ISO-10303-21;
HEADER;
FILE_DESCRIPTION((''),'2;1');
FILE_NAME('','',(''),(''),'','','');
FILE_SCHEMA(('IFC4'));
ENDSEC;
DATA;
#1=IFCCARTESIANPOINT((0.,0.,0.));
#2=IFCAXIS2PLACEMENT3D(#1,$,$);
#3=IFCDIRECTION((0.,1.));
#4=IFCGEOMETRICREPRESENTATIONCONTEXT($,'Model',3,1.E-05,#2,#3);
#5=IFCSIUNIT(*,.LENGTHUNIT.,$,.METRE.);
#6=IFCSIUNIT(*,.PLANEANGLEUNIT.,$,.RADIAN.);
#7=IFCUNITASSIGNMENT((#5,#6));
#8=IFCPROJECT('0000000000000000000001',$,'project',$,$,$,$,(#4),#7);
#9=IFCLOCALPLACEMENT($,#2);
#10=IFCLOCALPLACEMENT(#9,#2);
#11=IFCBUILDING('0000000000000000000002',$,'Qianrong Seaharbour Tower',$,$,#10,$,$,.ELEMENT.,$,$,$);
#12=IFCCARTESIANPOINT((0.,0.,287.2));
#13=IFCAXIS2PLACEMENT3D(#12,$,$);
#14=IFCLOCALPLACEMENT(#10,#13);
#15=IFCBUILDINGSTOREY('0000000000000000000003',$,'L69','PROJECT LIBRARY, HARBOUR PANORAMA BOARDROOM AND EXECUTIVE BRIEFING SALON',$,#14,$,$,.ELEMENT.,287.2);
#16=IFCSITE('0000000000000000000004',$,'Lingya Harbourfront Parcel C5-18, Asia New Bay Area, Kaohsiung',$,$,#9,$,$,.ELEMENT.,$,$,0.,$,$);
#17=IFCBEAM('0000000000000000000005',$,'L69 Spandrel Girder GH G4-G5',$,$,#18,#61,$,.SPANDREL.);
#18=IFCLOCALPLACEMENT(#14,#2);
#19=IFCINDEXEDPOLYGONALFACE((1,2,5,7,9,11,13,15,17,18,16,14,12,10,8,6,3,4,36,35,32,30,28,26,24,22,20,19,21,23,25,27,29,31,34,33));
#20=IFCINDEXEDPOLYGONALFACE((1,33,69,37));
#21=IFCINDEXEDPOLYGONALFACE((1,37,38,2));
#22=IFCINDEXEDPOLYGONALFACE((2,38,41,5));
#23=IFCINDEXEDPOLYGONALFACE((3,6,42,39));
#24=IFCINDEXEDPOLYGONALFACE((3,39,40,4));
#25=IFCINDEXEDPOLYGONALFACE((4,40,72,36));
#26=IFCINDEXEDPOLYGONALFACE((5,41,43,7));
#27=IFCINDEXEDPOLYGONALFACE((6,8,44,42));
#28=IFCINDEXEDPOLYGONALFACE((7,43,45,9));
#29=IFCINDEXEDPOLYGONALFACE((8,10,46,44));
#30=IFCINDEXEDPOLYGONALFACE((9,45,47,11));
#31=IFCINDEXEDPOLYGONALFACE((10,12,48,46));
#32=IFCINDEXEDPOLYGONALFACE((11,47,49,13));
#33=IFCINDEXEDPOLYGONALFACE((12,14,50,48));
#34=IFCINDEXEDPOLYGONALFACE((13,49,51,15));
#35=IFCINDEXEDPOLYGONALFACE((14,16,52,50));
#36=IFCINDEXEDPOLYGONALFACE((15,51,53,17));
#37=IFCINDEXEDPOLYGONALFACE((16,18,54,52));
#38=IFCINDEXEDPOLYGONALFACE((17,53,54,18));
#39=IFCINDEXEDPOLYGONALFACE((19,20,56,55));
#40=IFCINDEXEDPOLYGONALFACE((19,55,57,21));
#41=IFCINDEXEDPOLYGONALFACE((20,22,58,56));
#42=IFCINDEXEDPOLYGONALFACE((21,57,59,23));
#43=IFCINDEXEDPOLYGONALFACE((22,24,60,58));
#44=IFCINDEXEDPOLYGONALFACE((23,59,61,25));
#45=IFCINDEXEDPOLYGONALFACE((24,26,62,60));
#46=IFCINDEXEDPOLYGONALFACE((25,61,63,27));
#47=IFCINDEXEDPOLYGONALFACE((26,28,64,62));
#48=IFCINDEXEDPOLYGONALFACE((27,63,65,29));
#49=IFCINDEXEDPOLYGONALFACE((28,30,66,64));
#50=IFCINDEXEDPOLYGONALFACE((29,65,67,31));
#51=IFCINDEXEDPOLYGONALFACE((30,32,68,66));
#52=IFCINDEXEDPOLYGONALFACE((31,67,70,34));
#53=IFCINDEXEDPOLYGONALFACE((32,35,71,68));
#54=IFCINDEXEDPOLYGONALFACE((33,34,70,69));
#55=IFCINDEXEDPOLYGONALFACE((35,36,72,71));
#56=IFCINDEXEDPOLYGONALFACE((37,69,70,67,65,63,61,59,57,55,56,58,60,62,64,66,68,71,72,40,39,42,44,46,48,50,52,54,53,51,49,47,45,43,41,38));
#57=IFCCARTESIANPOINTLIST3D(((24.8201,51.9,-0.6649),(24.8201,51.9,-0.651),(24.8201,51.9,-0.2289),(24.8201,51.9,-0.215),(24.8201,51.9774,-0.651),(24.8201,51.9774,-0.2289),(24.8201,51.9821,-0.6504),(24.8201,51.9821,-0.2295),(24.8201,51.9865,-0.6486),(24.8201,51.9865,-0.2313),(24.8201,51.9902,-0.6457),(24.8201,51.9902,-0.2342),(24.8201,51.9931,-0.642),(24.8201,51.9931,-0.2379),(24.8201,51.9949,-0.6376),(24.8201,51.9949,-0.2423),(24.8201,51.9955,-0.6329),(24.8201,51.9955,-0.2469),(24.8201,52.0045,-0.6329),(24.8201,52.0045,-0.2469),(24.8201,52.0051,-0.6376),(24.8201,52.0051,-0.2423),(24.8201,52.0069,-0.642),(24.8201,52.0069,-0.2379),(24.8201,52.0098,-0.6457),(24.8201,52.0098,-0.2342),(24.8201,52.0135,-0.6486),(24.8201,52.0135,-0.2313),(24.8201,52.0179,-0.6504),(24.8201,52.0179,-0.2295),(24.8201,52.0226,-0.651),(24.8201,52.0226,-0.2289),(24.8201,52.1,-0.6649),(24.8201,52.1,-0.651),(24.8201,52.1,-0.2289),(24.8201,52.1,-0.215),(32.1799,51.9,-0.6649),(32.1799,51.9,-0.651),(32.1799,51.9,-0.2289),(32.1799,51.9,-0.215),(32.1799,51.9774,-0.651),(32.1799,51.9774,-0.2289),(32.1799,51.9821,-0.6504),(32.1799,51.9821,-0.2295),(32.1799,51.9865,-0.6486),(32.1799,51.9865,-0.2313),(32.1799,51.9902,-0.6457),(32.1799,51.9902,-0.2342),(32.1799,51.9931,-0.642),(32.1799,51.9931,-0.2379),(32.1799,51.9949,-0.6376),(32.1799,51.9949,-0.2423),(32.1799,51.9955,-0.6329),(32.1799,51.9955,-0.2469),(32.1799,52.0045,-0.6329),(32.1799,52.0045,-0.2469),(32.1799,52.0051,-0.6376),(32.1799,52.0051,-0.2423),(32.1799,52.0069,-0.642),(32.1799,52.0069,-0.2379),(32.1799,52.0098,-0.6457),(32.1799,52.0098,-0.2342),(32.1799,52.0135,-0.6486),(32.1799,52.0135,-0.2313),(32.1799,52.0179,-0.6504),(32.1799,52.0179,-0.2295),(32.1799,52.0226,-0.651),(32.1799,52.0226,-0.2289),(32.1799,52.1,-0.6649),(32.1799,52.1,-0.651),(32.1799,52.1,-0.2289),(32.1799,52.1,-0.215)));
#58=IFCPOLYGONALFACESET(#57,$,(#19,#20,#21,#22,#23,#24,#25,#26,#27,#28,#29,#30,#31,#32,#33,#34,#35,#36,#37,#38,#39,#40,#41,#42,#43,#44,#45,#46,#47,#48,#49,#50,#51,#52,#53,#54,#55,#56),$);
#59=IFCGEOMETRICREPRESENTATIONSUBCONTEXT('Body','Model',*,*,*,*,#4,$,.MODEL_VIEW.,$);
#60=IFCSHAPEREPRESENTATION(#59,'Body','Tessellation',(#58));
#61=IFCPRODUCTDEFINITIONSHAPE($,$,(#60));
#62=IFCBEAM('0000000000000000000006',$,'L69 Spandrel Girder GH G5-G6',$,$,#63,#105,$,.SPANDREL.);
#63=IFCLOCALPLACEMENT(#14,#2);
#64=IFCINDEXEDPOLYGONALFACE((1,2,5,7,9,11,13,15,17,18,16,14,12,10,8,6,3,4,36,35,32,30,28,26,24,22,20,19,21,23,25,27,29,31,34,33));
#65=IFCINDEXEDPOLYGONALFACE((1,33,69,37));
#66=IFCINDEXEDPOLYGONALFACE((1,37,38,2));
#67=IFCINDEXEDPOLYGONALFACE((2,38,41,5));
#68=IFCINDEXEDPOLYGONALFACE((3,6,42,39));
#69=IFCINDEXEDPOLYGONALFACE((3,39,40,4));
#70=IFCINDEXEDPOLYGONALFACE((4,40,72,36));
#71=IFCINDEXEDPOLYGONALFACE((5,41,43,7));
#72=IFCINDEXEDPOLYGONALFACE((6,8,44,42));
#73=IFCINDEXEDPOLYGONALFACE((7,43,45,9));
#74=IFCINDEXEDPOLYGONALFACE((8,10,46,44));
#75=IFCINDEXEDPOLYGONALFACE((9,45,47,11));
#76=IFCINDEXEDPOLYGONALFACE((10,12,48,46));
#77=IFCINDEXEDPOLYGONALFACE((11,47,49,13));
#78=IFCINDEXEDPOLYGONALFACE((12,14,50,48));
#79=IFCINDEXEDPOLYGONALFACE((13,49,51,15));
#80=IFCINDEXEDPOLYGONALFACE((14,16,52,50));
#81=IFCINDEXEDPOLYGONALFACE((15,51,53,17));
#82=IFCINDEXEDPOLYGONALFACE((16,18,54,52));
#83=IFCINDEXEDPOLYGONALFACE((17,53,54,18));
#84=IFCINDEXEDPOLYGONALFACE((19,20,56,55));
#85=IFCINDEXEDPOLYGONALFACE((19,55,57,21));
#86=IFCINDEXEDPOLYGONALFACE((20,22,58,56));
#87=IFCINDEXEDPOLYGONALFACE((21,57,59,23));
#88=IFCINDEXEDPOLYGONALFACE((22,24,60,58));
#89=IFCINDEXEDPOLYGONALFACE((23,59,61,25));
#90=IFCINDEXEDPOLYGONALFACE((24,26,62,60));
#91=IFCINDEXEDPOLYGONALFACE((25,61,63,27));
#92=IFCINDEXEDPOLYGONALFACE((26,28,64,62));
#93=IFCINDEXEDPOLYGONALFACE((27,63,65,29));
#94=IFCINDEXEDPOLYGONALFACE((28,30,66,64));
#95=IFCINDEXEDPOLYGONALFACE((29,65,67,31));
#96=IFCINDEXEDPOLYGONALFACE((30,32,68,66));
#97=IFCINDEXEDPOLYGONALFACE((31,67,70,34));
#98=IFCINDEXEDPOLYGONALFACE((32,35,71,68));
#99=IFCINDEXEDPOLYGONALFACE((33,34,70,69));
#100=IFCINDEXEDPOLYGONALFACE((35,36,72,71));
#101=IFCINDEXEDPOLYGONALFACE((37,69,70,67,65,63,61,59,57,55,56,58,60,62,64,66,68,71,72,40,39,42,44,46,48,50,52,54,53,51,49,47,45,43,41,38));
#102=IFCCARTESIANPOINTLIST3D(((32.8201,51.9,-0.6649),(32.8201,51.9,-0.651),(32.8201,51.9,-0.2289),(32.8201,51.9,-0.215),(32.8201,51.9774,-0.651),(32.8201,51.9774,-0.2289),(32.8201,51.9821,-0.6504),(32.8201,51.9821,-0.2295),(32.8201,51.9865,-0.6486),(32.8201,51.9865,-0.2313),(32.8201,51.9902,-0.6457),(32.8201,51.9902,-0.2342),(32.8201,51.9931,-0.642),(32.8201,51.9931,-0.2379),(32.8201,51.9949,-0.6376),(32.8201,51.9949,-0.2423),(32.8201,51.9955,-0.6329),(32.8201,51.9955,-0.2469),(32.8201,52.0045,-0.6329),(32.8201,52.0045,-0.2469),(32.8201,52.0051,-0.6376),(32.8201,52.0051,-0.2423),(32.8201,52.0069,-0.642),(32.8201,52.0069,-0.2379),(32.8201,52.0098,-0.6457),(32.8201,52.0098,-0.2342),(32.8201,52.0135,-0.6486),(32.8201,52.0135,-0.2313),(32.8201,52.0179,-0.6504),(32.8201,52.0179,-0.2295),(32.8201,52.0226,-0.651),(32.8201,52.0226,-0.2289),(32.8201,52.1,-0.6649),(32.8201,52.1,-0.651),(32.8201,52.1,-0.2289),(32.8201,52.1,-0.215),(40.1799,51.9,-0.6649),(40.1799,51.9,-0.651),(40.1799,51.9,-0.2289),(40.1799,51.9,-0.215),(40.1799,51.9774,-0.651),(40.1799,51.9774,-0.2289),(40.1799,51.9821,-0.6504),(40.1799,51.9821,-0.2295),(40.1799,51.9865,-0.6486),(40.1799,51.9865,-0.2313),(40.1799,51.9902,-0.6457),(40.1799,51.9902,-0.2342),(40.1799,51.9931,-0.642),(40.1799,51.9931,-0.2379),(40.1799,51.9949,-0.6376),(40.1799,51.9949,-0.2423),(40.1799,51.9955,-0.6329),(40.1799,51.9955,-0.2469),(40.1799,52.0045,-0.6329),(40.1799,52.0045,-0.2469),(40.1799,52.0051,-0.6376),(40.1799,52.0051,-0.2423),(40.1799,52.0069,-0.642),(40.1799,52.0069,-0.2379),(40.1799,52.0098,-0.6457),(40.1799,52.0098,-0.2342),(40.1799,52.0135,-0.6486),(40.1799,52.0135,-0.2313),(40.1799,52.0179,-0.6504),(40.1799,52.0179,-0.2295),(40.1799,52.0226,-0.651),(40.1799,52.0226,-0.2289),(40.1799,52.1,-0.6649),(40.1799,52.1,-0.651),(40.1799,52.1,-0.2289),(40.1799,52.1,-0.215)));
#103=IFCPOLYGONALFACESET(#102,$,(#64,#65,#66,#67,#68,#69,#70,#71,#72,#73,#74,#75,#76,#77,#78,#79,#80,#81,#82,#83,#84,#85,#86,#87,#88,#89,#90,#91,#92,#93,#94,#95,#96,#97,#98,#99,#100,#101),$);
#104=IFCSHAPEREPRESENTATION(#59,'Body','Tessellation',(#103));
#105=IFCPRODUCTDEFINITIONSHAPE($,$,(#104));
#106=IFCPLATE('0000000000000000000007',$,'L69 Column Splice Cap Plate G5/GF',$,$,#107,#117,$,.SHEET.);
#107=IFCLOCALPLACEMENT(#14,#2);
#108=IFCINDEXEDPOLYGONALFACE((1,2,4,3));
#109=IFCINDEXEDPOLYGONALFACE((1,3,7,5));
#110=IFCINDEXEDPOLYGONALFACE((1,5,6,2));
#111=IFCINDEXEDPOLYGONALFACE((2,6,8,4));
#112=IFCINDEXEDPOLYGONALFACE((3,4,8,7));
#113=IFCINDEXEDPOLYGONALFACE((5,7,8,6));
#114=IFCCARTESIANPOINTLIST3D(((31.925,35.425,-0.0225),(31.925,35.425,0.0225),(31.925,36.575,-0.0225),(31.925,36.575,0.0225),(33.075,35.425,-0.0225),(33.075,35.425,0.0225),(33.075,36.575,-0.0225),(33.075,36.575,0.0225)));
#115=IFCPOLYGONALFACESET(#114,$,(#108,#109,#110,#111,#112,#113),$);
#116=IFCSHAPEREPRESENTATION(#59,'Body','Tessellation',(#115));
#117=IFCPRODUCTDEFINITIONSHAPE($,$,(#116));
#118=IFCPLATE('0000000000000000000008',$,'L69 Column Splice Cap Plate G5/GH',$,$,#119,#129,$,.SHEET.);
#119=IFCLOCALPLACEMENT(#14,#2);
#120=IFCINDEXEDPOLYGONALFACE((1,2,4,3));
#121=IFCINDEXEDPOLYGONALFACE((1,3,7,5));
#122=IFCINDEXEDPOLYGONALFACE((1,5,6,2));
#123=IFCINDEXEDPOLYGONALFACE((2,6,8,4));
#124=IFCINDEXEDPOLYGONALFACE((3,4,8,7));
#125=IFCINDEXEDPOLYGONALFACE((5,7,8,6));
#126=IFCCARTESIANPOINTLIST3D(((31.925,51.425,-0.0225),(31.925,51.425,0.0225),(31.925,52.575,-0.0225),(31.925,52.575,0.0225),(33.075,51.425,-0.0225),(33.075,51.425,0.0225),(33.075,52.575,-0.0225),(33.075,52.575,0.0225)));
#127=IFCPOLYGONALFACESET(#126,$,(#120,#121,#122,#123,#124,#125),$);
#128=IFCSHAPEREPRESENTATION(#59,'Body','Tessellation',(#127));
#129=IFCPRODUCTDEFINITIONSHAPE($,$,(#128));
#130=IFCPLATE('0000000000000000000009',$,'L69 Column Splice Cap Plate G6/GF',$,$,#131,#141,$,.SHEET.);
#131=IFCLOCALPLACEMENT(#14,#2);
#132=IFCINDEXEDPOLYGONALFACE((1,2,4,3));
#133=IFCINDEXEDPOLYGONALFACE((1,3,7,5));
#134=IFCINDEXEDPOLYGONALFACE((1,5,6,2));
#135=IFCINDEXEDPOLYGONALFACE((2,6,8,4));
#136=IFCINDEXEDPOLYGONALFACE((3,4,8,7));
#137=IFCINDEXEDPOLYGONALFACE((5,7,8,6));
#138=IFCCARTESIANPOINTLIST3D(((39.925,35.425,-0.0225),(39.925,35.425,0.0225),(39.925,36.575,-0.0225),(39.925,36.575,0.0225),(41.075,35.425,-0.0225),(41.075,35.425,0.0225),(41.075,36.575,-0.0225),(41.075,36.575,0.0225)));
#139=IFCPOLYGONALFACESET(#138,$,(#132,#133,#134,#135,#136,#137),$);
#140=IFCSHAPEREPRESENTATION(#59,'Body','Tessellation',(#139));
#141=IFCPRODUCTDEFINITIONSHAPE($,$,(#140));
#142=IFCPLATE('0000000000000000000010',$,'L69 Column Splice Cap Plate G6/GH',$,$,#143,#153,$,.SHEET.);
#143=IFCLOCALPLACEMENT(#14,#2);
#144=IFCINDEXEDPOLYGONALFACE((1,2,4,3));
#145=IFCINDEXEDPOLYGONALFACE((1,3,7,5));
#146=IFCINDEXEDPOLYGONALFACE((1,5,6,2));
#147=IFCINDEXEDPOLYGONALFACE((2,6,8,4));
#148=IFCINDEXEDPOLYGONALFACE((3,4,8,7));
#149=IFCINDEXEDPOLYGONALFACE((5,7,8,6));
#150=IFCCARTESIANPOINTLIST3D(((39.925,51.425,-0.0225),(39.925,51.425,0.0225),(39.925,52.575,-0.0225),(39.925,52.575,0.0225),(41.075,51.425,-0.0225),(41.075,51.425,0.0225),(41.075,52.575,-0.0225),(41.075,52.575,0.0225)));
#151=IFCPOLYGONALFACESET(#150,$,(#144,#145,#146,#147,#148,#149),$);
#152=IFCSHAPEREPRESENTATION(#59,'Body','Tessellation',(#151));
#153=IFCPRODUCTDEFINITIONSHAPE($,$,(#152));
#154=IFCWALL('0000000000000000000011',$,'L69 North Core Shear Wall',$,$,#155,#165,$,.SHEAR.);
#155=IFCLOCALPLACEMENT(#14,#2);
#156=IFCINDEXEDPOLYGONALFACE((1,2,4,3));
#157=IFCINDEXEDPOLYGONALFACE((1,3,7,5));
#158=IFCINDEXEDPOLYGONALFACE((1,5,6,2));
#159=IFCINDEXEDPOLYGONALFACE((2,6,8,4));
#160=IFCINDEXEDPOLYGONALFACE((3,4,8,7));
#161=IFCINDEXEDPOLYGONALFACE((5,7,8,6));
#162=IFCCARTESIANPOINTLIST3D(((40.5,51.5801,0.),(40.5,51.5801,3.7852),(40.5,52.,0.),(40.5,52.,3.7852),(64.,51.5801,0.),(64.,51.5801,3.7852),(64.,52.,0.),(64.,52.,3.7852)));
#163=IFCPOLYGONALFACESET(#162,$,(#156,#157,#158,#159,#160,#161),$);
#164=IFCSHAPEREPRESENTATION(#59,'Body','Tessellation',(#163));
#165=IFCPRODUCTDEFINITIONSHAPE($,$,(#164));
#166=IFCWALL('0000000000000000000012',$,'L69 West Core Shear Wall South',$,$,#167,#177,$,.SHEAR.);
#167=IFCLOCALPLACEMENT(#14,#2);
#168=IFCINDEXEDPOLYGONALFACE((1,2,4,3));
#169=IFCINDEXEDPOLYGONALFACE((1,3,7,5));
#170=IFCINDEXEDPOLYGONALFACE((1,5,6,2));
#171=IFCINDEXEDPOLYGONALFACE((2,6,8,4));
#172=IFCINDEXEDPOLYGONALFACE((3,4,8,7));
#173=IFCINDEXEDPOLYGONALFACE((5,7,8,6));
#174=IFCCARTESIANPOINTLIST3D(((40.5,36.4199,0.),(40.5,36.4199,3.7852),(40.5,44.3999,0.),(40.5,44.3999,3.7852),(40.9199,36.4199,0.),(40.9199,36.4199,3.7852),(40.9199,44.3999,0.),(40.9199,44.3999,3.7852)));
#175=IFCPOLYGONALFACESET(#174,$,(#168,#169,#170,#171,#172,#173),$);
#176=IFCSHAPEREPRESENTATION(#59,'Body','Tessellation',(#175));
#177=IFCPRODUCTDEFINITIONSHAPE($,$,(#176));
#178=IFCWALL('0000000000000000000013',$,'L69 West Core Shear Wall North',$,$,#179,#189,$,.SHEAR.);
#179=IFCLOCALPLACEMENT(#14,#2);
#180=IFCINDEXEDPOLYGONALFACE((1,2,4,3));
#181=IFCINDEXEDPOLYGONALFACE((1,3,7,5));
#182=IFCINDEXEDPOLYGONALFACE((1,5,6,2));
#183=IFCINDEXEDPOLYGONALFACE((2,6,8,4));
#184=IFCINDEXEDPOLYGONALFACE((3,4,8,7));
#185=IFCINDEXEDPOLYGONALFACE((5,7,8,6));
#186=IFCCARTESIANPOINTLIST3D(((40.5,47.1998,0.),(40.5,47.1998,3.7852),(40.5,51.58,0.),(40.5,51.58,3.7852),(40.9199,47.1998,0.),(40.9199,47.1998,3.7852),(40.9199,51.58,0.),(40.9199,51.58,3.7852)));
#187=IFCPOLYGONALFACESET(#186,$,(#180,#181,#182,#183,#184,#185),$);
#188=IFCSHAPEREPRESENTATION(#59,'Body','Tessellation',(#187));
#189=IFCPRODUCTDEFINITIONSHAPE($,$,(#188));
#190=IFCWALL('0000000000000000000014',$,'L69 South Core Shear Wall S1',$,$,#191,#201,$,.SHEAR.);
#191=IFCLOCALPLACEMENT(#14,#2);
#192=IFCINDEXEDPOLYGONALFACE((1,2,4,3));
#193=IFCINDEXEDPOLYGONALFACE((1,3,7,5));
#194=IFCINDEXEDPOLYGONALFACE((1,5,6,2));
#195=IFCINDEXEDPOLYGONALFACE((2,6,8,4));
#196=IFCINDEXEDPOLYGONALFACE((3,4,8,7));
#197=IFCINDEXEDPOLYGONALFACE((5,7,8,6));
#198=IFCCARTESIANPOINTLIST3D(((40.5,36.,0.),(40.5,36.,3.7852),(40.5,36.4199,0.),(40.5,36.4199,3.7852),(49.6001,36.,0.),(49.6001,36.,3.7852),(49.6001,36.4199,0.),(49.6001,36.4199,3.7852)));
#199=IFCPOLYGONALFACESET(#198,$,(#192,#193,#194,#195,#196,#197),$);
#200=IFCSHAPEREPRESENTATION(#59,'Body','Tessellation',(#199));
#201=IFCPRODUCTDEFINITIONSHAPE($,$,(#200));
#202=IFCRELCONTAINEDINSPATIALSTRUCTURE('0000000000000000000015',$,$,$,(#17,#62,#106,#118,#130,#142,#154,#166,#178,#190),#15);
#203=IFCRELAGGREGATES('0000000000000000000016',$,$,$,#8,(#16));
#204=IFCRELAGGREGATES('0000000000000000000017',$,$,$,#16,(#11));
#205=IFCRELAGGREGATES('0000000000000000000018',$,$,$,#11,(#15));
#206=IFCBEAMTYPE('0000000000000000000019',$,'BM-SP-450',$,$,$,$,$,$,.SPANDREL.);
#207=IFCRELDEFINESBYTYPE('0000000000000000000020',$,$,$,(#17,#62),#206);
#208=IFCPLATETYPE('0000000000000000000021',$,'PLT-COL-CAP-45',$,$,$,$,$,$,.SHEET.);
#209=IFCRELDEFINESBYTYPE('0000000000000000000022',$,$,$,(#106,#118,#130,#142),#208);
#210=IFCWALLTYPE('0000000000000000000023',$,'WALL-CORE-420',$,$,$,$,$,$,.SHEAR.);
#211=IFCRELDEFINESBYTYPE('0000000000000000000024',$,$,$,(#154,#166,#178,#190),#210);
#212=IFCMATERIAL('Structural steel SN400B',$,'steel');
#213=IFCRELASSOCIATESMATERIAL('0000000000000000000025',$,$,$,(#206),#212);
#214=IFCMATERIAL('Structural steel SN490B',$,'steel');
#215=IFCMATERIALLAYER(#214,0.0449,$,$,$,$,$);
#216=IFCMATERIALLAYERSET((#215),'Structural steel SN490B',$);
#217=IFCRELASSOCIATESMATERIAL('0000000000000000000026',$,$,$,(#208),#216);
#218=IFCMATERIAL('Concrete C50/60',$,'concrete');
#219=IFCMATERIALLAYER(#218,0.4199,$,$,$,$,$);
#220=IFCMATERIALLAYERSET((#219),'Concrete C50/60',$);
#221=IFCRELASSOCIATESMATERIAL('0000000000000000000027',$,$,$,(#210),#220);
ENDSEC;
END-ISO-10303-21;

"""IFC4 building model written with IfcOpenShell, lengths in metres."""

from ifc_helpers import new_model, si_unit, direction, frame, frame_2d, origin, origin_2d, place, context, subcontext, project, spatial, rectangle, i_section, extrude, material, layer, layer_set, material_profile, profile_set, type_object, element, save


model = new_model("IFC4")

# Units and contexts
model_context = context("Model", 3, precision=1e-05, world=origin(), true_north=direction((0.0, 1.0)))
body_context = subcontext(model_context, "Body", "Model", "MODEL_VIEW")
ifc_project = project(units=[si_unit("LENGTHUNIT", "METRE"), si_unit("PLANEANGLEUNIT", "RADIAN")], contexts=[model_context])

# Site, building, storey
site_placement = place(None, origin())
site = spatial("IfcSite", under=ifc_project, at=site_placement, Name="Lingya Harbourfront Parcel C5-18, Asia New Bay Area, Kaohsiung", CompositionType="ELEMENT", RefElevation=0.0)
building_placement = place(site_placement, origin())
building = spatial("IfcBuilding", under=site, at=building_placement, Name="Qianrong Seaharbour Tower", CompositionType="ELEMENT")
storey_placement = place(building_placement, frame((0.0, 0.0, 287.2)))
storey = spatial("IfcBuildingStorey", under=building, at=storey_placement, Name="L69", Description="PROJECT LIBRARY, HARBOUR PANORAMA BOARDROOM AND EXECUTIVE BRIEFING SALON", CompositionType="ELEMENT", Elevation=287.2)

# Shared definitions
ifc_material_1 = material(Name="Structural steel SN490B", Category="steel")
ifc_material_2 = material(Name="Concrete C50/60", Category="concrete")

# Beams
ifc_material_3 = material(Name="Structural steel SN400B", Category="steel")
ifc_material_profile_1 = material_profile(ifc_material_3, i_section(OverallWidth=0.2, OverallDepth=0.45, WebThickness=0.009, FlangeThickness=0.0139, FilletRadius=0.0181, at=origin_2d()), Name="H450x200x9x14")
ifc_profile_set_1 = profile_set([ifc_material_profile_1], Name="Structural steel SN400B")
beam_type_1 = type_object("IfcBeamType", Name="BM-SP-450", PredefinedType="SPANDREL", material=ifc_profile_set_1)
for number, where, z_axis, x_axis, name in (
    (1, (24.8201, 52.0, -0.4399), (1.0, 0.0, 0.0), (0.0, 1.0, 0.0), "L69 Spandrel Girder GH G4-G5"),
    (2, (32.8201, 52.0, -0.4399), (1.0, 0.0, 0.0), (0.0, 1.0, 0.0), "L69 Spandrel Girder GH G5-G6"),
):
    element("IfcBeam", number, at=place(storey_placement, frame(where, z_axis=z_axis, x_axis=x_axis)), inside=storey, type_object=beam_type_1, Name=name, PredefinedType="SPANDREL", context=body_context, shape_type="SweptSolid", body=[
        extrude(i_section(OverallWidth=0.2, OverallDepth=0.45, WebThickness=0.009, FlangeThickness=0.0139, FilletRadius=0.0181, at=origin_2d()), origin(), (0.0, 0.0, 1.0), 7.3599),
    ])

# Plates
ifc_layer_1 = layer(ifc_material_1, 0.0449)
ifc_layer_set_1 = layer_set([ifc_layer_1], Name="Structural steel SN490B")
plate_type = type_object("IfcPlateType", Name="PLT-COL-CAP-45", PredefinedType="SHEET", material=ifc_layer_set_1)
for number, where, z_axis, x_axis, name in (
    (3, (32.5, 36.0, -0.0225), (0.0, 0.0, 1.0), (1.0, 0.0, 0.0), "L69 Column Splice Cap Plate G5/GF"),
    (4, (32.5, 52.0, -0.0225), (0.0, 0.0, 1.0), (1.0, 0.0, 0.0), "L69 Column Splice Cap Plate G5/GH"),
    (5, (40.5, 36.0, -0.0225), (0.0, 0.0, 1.0), (1.0, 0.0, 0.0), "L69 Column Splice Cap Plate G6/GF"),
    (6, (40.5, 52.0, -0.0225), (0.0, 0.0, 1.0), (1.0, 0.0, 0.0), "L69 Column Splice Cap Plate G6/GH"),
):
    element("IfcPlate", number, at=place(storey_placement, frame(where, z_axis=z_axis, x_axis=x_axis)), inside=storey, type_object=plate_type, Name=name, PredefinedType="SHEET", context=body_context, shape_type="SweptSolid", body=[
        extrude(rectangle(XDim=1.1499, YDim=1.1499, at=origin_2d()), origin(), (0.0, 0.0, 1.0), 0.0449),
    ])

# Walls
ifc_layer_2 = layer(ifc_material_2, 0.4199)
ifc_layer_set_2 = layer_set([ifc_layer_2], Name="Concrete C50/60")
wall_type_1 = type_object("IfcWallType", Name="WALL-CORE-420", PredefinedType="SHEAR", material=ifc_layer_set_2)
wall_1_placement = place(storey_placement, frame((40.5, 51.79, 0.0), z_axis=(0.0, 0.0, 1.0), x_axis=(1.0, 0.0, 0.0)))
element("IfcWall", 7, at=wall_1_placement, inside=storey, type_object=wall_type_1, Name="L69 North Core Shear Wall", PredefinedType="SHEAR", context=body_context, shape_type="SweptSolid", body=[
    extrude(rectangle(XDim=23.5, YDim=0.4199, at=frame_2d((11.75, 0.0))), origin(), (0.0, 0.0, 1.0), 3.7852),
])
wall_2_placement = place(storey_placement, frame((40.71, 36.4199, 0.0), z_axis=(0.0, 0.0, 1.0), x_axis=(0.0, 1.0, 0.0)))
element("IfcWall", 8, at=wall_2_placement, inside=storey, type_object=wall_type_1, Name="L69 West Core Shear Wall South", PredefinedType="SHEAR", context=body_context, shape_type="SweptSolid", body=[
    extrude(rectangle(XDim=7.98, YDim=0.4199, at=frame_2d((3.99, 0.0))), origin(), (0.0, 0.0, 1.0), 3.7852),
])
wall_3_placement = place(storey_placement, frame((40.71, 47.2, 0.0), z_axis=(0.0, 0.0, 1.0), x_axis=(0.0, 1.0, 0.0)))
element("IfcWall", 9, at=wall_3_placement, inside=storey, type_object=wall_type_1, Name="L69 West Core Shear Wall North", PredefinedType="SHEAR", context=body_context, shape_type="SweptSolid", body=[
    extrude(rectangle(XDim=4.3801, YDim=0.4199, at=frame_2d((2.1899, 0.0))), origin(), (0.0, 0.0, 1.0), 3.7852),
])
wall_4_placement = place(storey_placement, frame((40.5, 36.21, 0.0), z_axis=(0.0, 0.0, 1.0), x_axis=(1.0, 0.0, 0.0)))
element("IfcWall", 10, at=wall_4_placement, inside=storey, type_object=wall_type_1, Name="L69 South Core Shear Wall S1", PredefinedType="SHEAR", context=body_context, shape_type="SweptSolid", body=[
    extrude(rectangle(XDim=9.1001, YDim=0.4199, at=frame_2d((4.55, 0.0))), origin(), (0.0, 0.0, 1.0), 3.7852),
])

save(model, "model.ifc")
